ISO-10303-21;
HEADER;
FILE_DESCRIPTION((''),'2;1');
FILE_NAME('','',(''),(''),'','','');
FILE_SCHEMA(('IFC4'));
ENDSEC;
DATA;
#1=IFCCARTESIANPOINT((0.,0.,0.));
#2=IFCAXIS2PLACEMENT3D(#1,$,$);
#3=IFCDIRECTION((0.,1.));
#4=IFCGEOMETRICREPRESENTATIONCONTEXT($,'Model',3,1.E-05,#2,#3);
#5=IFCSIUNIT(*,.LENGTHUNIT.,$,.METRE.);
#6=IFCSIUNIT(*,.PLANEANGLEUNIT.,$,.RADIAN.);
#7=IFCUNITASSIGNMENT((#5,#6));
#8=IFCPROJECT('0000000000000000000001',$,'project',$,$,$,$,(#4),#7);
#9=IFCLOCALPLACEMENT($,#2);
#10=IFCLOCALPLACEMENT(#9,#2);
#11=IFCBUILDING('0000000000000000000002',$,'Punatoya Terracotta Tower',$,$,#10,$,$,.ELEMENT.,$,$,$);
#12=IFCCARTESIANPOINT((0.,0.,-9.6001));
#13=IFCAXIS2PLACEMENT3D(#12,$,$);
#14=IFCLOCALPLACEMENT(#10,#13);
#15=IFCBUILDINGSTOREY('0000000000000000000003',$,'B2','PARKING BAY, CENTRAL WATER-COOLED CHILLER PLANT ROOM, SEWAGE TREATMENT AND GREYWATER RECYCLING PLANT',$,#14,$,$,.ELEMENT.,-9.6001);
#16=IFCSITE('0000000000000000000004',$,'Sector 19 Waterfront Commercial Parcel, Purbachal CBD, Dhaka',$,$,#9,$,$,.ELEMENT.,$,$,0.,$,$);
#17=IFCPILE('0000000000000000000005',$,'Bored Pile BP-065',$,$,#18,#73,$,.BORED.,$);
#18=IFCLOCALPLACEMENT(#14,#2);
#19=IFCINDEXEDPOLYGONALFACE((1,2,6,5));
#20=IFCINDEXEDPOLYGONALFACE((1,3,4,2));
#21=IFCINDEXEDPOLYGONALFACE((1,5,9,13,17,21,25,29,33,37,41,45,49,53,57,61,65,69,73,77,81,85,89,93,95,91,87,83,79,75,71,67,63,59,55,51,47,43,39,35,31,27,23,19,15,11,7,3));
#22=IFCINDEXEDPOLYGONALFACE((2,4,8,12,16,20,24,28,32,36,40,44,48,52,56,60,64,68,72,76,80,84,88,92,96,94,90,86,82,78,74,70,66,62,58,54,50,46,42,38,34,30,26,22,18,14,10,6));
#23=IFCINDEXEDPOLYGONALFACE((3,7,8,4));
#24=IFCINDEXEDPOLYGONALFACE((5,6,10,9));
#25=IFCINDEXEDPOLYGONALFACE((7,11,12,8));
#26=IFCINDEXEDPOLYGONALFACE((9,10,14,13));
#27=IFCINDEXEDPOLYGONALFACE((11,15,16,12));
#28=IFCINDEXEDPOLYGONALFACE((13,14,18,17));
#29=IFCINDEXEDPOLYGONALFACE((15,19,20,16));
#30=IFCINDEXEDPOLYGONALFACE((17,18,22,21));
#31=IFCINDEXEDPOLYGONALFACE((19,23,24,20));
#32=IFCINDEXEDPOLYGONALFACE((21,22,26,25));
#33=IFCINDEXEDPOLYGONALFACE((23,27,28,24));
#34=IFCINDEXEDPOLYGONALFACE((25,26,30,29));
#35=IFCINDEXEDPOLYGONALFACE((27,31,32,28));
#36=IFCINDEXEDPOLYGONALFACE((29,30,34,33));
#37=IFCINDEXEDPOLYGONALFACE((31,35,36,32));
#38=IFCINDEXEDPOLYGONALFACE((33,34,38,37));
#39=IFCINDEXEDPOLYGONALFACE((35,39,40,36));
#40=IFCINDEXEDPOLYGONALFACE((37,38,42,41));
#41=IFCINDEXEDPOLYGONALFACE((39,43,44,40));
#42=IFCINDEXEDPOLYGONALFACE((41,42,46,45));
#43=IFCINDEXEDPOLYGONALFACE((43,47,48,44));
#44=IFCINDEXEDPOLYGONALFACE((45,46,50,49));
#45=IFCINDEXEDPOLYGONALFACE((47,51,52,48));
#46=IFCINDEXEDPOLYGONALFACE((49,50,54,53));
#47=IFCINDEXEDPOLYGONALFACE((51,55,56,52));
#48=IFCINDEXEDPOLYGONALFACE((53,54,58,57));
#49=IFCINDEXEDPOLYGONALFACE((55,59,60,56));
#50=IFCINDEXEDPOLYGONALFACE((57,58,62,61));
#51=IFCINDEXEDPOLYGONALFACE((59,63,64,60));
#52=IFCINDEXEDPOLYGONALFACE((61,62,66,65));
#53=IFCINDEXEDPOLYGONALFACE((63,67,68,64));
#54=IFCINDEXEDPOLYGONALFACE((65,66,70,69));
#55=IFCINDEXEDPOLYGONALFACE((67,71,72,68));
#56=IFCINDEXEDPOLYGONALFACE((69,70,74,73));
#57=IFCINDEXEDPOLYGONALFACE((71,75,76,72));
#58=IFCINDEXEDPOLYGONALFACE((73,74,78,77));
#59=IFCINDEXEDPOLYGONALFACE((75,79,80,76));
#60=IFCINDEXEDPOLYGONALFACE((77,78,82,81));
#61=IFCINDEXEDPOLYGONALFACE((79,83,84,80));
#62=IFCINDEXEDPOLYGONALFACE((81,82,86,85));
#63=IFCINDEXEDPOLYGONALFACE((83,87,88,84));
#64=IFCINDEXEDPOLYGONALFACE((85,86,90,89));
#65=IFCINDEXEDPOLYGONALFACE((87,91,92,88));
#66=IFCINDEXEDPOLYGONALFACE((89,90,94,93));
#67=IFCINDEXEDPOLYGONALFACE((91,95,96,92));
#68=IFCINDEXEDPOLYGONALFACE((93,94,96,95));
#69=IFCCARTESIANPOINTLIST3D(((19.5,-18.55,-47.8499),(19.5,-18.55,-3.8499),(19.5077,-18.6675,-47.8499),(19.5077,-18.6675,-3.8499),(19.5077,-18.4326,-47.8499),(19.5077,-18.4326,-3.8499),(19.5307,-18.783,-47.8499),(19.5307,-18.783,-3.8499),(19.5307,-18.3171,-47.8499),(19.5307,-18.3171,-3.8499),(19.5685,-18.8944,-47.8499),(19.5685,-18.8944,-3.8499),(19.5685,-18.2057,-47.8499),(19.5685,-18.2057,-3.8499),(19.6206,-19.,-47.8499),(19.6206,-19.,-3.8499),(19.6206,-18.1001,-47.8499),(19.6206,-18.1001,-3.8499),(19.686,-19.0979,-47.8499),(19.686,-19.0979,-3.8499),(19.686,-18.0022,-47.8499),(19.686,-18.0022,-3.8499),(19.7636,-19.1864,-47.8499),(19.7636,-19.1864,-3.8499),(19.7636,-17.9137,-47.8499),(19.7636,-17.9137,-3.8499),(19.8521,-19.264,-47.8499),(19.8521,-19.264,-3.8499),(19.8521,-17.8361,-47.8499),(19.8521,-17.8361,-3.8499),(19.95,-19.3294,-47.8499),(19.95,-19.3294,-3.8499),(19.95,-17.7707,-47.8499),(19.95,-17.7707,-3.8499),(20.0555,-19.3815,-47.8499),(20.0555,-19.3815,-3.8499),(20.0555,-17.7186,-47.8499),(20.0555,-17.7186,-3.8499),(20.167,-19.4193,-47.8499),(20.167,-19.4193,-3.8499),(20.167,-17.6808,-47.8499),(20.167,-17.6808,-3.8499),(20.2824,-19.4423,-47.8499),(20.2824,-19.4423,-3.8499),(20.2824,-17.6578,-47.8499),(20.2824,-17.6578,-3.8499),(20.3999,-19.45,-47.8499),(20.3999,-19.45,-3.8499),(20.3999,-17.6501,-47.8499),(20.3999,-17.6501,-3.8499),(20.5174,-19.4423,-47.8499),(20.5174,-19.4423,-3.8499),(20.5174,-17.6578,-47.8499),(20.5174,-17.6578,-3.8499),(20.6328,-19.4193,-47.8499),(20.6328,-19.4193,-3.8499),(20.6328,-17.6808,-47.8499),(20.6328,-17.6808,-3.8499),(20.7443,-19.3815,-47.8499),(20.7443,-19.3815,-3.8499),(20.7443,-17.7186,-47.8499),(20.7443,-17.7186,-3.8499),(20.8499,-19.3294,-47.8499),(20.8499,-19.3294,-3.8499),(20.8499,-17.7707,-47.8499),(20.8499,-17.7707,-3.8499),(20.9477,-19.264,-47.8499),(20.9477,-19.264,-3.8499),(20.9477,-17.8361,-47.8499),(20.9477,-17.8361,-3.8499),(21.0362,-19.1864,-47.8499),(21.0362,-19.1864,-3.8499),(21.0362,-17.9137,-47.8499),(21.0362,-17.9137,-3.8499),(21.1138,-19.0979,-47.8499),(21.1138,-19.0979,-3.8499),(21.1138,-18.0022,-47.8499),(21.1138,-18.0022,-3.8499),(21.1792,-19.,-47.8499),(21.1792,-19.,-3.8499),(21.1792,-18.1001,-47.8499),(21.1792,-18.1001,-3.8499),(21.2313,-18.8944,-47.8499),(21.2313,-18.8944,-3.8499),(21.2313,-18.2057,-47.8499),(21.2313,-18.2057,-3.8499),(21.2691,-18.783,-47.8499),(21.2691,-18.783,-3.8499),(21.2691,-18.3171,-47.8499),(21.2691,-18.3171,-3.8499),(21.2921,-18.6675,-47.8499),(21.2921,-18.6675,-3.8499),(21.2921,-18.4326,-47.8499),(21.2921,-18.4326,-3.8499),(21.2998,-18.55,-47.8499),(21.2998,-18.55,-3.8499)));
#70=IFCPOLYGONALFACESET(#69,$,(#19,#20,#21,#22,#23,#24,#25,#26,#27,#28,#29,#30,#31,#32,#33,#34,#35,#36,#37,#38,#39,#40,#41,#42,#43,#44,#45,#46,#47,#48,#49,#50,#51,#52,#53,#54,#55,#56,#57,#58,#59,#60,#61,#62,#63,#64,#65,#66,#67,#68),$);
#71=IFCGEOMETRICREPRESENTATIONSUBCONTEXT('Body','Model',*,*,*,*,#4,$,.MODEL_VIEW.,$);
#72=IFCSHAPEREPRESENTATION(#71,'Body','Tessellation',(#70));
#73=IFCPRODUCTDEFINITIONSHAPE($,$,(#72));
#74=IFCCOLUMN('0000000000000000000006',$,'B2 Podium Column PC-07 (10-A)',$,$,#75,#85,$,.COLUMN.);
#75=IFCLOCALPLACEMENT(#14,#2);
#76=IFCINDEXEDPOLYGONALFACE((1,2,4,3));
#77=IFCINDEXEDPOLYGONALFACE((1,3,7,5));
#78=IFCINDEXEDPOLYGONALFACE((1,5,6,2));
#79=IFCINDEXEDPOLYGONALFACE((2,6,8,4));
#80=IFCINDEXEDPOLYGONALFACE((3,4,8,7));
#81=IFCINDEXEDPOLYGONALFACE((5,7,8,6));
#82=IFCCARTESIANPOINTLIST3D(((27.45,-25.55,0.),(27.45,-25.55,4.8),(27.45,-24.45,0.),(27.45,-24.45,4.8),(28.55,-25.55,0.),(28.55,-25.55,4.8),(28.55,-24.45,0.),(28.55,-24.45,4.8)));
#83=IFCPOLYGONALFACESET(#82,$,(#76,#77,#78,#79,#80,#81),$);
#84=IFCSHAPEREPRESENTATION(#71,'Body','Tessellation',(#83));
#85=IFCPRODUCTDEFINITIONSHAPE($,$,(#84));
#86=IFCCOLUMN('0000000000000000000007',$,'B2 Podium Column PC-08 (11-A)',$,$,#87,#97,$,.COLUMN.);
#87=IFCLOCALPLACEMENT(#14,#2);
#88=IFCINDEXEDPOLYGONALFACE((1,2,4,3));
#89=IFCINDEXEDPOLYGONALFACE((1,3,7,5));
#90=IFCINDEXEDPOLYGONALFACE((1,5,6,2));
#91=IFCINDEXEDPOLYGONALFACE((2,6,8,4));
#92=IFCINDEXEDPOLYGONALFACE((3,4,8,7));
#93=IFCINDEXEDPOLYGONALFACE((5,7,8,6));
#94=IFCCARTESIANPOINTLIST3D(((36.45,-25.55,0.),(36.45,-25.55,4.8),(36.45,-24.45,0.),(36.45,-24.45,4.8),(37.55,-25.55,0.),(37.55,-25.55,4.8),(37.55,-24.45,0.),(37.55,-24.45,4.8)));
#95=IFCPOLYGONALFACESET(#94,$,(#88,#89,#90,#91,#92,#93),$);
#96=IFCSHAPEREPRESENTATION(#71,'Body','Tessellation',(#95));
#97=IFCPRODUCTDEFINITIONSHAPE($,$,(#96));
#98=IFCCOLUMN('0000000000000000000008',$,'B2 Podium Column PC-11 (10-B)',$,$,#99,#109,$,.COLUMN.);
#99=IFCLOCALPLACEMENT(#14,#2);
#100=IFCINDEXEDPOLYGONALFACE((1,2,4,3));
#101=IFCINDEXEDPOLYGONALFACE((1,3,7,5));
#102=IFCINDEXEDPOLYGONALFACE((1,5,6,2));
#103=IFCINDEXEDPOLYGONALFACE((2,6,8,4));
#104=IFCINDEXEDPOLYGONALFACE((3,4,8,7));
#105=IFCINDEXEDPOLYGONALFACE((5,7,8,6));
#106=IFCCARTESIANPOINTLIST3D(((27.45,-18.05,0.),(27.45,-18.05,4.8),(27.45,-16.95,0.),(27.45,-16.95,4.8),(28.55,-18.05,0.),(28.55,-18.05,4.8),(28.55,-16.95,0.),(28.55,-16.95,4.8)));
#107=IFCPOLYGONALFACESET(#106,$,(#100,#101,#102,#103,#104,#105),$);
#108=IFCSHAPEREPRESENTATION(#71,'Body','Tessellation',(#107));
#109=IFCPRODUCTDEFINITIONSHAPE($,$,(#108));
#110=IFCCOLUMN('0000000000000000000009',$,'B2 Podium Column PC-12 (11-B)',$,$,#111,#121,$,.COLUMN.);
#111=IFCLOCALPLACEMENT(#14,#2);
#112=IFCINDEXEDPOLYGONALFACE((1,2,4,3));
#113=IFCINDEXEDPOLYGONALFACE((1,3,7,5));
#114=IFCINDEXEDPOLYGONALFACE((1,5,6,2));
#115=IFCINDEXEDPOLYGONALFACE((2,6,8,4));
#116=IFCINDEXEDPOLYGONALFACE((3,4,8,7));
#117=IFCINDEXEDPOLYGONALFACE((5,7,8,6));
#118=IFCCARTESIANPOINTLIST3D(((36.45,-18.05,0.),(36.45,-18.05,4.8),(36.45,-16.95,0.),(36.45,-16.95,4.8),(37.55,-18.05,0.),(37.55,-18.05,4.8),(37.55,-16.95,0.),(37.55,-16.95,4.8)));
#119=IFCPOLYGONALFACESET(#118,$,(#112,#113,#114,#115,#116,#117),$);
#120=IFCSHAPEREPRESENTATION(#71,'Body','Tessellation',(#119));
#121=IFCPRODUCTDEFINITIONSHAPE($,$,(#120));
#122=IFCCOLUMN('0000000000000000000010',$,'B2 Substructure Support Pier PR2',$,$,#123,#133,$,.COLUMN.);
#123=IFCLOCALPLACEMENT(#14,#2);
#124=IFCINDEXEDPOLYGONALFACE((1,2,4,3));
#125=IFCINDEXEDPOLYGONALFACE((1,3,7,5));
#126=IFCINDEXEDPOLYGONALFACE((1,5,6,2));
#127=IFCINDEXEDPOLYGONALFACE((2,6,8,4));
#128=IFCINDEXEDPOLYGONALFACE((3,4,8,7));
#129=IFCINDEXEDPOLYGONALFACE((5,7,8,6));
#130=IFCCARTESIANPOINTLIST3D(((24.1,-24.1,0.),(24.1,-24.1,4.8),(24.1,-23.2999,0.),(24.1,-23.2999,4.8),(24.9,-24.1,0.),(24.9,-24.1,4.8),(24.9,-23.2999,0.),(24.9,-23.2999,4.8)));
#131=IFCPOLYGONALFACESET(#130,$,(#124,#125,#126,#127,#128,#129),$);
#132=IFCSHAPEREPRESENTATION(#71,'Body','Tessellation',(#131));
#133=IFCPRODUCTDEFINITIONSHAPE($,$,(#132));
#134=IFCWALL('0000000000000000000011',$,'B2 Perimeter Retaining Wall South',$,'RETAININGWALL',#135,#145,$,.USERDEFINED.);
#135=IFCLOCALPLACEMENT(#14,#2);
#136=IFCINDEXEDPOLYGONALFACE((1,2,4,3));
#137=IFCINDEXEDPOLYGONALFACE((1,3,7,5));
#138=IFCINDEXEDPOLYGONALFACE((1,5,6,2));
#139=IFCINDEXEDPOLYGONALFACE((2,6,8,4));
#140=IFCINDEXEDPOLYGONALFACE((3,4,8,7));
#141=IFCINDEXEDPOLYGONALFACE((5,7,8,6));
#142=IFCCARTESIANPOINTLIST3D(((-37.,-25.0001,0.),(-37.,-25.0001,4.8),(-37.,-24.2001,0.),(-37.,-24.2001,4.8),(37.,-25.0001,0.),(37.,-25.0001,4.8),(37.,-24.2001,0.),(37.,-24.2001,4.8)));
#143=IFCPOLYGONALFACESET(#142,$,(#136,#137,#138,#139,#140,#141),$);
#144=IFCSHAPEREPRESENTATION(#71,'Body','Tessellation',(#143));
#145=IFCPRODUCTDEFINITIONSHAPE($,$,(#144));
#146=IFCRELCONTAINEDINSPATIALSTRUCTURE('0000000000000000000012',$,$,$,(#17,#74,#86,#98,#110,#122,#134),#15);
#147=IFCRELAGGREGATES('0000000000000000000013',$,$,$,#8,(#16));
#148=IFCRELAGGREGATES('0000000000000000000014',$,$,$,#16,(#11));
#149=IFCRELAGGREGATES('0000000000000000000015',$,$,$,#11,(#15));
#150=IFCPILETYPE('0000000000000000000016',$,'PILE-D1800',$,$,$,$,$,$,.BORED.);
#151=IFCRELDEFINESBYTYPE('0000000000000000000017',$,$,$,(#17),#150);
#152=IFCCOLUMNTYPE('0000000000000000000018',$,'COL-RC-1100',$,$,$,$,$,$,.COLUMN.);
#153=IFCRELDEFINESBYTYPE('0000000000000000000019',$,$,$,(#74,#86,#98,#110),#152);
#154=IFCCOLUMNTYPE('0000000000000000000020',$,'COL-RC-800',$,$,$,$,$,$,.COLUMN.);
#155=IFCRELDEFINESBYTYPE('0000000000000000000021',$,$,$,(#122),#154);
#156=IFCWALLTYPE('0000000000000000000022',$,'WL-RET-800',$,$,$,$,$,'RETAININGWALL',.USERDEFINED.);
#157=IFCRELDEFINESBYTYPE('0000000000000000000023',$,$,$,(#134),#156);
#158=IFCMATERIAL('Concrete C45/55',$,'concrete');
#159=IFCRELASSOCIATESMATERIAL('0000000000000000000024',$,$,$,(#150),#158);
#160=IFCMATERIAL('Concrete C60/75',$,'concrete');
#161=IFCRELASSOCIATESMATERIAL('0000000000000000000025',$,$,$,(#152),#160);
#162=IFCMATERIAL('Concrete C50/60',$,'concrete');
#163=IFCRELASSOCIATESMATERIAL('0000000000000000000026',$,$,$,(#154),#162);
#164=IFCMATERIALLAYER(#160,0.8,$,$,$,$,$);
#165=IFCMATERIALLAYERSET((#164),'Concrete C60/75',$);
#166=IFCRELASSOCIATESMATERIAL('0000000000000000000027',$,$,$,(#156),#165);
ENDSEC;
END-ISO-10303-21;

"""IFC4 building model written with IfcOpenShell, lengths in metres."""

from ifc_helpers import new_model, si_unit, direction, frame, frame_2d, origin, origin_2d, place, context, subcontext, project, spatial, rectangle, circle, extrude, material, layer, layer_set, material_profile, profile_set, type_object, element, save


model = new_model("IFC4")

# Units and contexts
model_context = context("Model", 3, precision=1e-05, world=origin(), true_north=direction((0.0, 1.0)))
body_context = subcontext(model_context, "Body", "Model", "MODEL_VIEW")
ifc_project = project(units=[si_unit("LENGTHUNIT", "METRE"), si_unit("PLANEANGLEUNIT", "RADIAN")], contexts=[model_context])

# Site, building, storey
site_placement = place(None, origin())
site = spatial("IfcSite", under=ifc_project, at=site_placement, Name="Sector 19 Waterfront Commercial Parcel, Purbachal CBD, Dhaka", CompositionType="ELEMENT", RefElevation=0.0)
building_placement = place(site_placement, origin())
building = spatial("IfcBuilding", under=site, at=building_placement, Name="Punatoya Terracotta Tower", CompositionType="ELEMENT")
storey_placement = place(building_placement, frame((0.0, 0.0, -9.6001)))
storey = spatial("IfcBuildingStorey", under=building, at=storey_placement, Name="B2", Description="PARKING BAY, CENTRAL WATER-COOLED CHILLER PLANT ROOM, SEWAGE TREATMENT AND GREYWATER RECYCLING PLANT", CompositionType="ELEMENT", Elevation=-9.6001)

# Shared definitions
ifc_material_1 = material(Name="Concrete C45/55", Category="concrete")

# Pile
ifc_material_profile_1 = material_profile(ifc_material_1, circle(Radius=0.8999, at=origin_2d()))
ifc_profile_set_1 = profile_set([ifc_material_profile_1], Name="Concrete C45/55")
pile_type_1 = type_object("IfcPileType", Name="PILE-D1800", PredefinedType="BORED", material=ifc_profile_set_1)
pile_placement = place(storey_placement, frame((20.3999, -18.55, -3.8499), z_axis=(0.0, 0.0, -1.0), x_axis=(1.0, 0.0, 0.0)))
element("IfcPile", 1, at=pile_placement, inside=storey, type_object=pile_type_1, Name="Bored Pile BP-065", PredefinedType="BORED", context=body_context, shape_type="SweptSolid", body=[
    extrude(circle(Radius=0.8999, at=origin_2d()), origin(), (0.0, 0.0, 1.0), 44.0),
])

# Columns
ifc_material_2 = material(Name="Concrete C60/75", Category="concrete")
ifc_material_profile_2 = material_profile(ifc_material_2, rectangle(XDim=1.1001, YDim=1.1001, at=origin_2d()))
ifc_profile_set_2 = profile_set([ifc_material_profile_2], Name="Concrete C60/75")
column_type_1 = type_object("IfcColumnType", Name="COL-RC-1100", PredefinedType="COLUMN", material=ifc_profile_set_2)
for number, where, z_axis, x_axis, name in (
    (2, (28.0, -25.0, 0.0), (0.0, 0.0, 1.0), (1.0, 0.0, 0.0), "B2 Podium Column PC-07 (10-A)"),
    (3, (37.0, -25.0, 0.0), (0.0, 0.0, 1.0), (1.0, 0.0, 0.0), "B2 Podium Column PC-08 (11-A)"),
    (4, (28.0, -17.5, 0.0), (0.0, 0.0, 1.0), (1.0, 0.0, 0.0), "B2 Podium Column PC-11 (10-B)"),
    (5, (37.0, -17.5, 0.0), (0.0, 0.0, 1.0), (1.0, 0.0, 0.0), "B2 Podium Column PC-12 (11-B)"),
):
    element("IfcColumn", number, at=place(storey_placement, frame(where, z_axis=z_axis, x_axis=x_axis)), inside=storey, type_object=column_type_1, Name=name, PredefinedType="COLUMN", context=body_context, shape_type="SweptSolid", body=[
        extrude(rectangle(XDim=1.1001, YDim=1.1001, at=origin_2d()), origin(), (0.0, 0.0, 1.0), 4.8),
    ])
ifc_material_3 = material(Name="Concrete C50/60", Category="concrete")
ifc_material_profile_3 = material_profile(ifc_material_3, rectangle(XDim=0.8, YDim=0.8, at=origin_2d()))
ifc_profile_set_3 = profile_set([ifc_material_profile_3], Name="Concrete C50/60")
column_type_2 = type_object("IfcColumnType", Name="COL-RC-800", PredefinedType="COLUMN", material=ifc_profile_set_3)
column_placement = place(storey_placement, frame((24.5, -23.7, 0.0), z_axis=(0.0, 0.0, 1.0), x_axis=(1.0, 0.0, 0.0)))
element("IfcColumn", 6, at=column_placement, inside=storey, type_object=column_type_2, Name="B2 Substructure Support Pier PR2", PredefinedType="COLUMN", context=body_context, shape_type="SweptSolid", body=[
    extrude(rectangle(XDim=0.8, YDim=0.8, at=origin_2d()), origin(), (0.0, 0.0, 1.0), 4.8),
])

# Wall
ifc_layer = layer(ifc_material_2, 0.8)
ifc_layer_set = layer_set([ifc_layer], Name="Concrete C60/75")
wall_type = type_object("IfcWallType", Name="WL-RET-800", ElementType="RETAININGWALL", PredefinedType="USERDEFINED", material=ifc_layer_set)
wall_placement = place(storey_placement, frame((37.0, -24.6001, 0.0), z_axis=(0.0, 0.0, 1.0), x_axis=(-1.0, 0.0, 0.0)))
element("IfcWall", 7, at=wall_placement, inside=storey, type_object=wall_type, Name="B2 Perimeter Retaining Wall South", ObjectType="RETAININGWALL", PredefinedType="USERDEFINED", context=body_context, shape_type="SweptSolid", body=[
    extrude(rectangle(XDim=74.0, YDim=0.8, at=frame_2d((37.0, 0.0))), origin(), (0.0, 0.0, 1.0), 4.8),
])

save(model, "model.ifc")
